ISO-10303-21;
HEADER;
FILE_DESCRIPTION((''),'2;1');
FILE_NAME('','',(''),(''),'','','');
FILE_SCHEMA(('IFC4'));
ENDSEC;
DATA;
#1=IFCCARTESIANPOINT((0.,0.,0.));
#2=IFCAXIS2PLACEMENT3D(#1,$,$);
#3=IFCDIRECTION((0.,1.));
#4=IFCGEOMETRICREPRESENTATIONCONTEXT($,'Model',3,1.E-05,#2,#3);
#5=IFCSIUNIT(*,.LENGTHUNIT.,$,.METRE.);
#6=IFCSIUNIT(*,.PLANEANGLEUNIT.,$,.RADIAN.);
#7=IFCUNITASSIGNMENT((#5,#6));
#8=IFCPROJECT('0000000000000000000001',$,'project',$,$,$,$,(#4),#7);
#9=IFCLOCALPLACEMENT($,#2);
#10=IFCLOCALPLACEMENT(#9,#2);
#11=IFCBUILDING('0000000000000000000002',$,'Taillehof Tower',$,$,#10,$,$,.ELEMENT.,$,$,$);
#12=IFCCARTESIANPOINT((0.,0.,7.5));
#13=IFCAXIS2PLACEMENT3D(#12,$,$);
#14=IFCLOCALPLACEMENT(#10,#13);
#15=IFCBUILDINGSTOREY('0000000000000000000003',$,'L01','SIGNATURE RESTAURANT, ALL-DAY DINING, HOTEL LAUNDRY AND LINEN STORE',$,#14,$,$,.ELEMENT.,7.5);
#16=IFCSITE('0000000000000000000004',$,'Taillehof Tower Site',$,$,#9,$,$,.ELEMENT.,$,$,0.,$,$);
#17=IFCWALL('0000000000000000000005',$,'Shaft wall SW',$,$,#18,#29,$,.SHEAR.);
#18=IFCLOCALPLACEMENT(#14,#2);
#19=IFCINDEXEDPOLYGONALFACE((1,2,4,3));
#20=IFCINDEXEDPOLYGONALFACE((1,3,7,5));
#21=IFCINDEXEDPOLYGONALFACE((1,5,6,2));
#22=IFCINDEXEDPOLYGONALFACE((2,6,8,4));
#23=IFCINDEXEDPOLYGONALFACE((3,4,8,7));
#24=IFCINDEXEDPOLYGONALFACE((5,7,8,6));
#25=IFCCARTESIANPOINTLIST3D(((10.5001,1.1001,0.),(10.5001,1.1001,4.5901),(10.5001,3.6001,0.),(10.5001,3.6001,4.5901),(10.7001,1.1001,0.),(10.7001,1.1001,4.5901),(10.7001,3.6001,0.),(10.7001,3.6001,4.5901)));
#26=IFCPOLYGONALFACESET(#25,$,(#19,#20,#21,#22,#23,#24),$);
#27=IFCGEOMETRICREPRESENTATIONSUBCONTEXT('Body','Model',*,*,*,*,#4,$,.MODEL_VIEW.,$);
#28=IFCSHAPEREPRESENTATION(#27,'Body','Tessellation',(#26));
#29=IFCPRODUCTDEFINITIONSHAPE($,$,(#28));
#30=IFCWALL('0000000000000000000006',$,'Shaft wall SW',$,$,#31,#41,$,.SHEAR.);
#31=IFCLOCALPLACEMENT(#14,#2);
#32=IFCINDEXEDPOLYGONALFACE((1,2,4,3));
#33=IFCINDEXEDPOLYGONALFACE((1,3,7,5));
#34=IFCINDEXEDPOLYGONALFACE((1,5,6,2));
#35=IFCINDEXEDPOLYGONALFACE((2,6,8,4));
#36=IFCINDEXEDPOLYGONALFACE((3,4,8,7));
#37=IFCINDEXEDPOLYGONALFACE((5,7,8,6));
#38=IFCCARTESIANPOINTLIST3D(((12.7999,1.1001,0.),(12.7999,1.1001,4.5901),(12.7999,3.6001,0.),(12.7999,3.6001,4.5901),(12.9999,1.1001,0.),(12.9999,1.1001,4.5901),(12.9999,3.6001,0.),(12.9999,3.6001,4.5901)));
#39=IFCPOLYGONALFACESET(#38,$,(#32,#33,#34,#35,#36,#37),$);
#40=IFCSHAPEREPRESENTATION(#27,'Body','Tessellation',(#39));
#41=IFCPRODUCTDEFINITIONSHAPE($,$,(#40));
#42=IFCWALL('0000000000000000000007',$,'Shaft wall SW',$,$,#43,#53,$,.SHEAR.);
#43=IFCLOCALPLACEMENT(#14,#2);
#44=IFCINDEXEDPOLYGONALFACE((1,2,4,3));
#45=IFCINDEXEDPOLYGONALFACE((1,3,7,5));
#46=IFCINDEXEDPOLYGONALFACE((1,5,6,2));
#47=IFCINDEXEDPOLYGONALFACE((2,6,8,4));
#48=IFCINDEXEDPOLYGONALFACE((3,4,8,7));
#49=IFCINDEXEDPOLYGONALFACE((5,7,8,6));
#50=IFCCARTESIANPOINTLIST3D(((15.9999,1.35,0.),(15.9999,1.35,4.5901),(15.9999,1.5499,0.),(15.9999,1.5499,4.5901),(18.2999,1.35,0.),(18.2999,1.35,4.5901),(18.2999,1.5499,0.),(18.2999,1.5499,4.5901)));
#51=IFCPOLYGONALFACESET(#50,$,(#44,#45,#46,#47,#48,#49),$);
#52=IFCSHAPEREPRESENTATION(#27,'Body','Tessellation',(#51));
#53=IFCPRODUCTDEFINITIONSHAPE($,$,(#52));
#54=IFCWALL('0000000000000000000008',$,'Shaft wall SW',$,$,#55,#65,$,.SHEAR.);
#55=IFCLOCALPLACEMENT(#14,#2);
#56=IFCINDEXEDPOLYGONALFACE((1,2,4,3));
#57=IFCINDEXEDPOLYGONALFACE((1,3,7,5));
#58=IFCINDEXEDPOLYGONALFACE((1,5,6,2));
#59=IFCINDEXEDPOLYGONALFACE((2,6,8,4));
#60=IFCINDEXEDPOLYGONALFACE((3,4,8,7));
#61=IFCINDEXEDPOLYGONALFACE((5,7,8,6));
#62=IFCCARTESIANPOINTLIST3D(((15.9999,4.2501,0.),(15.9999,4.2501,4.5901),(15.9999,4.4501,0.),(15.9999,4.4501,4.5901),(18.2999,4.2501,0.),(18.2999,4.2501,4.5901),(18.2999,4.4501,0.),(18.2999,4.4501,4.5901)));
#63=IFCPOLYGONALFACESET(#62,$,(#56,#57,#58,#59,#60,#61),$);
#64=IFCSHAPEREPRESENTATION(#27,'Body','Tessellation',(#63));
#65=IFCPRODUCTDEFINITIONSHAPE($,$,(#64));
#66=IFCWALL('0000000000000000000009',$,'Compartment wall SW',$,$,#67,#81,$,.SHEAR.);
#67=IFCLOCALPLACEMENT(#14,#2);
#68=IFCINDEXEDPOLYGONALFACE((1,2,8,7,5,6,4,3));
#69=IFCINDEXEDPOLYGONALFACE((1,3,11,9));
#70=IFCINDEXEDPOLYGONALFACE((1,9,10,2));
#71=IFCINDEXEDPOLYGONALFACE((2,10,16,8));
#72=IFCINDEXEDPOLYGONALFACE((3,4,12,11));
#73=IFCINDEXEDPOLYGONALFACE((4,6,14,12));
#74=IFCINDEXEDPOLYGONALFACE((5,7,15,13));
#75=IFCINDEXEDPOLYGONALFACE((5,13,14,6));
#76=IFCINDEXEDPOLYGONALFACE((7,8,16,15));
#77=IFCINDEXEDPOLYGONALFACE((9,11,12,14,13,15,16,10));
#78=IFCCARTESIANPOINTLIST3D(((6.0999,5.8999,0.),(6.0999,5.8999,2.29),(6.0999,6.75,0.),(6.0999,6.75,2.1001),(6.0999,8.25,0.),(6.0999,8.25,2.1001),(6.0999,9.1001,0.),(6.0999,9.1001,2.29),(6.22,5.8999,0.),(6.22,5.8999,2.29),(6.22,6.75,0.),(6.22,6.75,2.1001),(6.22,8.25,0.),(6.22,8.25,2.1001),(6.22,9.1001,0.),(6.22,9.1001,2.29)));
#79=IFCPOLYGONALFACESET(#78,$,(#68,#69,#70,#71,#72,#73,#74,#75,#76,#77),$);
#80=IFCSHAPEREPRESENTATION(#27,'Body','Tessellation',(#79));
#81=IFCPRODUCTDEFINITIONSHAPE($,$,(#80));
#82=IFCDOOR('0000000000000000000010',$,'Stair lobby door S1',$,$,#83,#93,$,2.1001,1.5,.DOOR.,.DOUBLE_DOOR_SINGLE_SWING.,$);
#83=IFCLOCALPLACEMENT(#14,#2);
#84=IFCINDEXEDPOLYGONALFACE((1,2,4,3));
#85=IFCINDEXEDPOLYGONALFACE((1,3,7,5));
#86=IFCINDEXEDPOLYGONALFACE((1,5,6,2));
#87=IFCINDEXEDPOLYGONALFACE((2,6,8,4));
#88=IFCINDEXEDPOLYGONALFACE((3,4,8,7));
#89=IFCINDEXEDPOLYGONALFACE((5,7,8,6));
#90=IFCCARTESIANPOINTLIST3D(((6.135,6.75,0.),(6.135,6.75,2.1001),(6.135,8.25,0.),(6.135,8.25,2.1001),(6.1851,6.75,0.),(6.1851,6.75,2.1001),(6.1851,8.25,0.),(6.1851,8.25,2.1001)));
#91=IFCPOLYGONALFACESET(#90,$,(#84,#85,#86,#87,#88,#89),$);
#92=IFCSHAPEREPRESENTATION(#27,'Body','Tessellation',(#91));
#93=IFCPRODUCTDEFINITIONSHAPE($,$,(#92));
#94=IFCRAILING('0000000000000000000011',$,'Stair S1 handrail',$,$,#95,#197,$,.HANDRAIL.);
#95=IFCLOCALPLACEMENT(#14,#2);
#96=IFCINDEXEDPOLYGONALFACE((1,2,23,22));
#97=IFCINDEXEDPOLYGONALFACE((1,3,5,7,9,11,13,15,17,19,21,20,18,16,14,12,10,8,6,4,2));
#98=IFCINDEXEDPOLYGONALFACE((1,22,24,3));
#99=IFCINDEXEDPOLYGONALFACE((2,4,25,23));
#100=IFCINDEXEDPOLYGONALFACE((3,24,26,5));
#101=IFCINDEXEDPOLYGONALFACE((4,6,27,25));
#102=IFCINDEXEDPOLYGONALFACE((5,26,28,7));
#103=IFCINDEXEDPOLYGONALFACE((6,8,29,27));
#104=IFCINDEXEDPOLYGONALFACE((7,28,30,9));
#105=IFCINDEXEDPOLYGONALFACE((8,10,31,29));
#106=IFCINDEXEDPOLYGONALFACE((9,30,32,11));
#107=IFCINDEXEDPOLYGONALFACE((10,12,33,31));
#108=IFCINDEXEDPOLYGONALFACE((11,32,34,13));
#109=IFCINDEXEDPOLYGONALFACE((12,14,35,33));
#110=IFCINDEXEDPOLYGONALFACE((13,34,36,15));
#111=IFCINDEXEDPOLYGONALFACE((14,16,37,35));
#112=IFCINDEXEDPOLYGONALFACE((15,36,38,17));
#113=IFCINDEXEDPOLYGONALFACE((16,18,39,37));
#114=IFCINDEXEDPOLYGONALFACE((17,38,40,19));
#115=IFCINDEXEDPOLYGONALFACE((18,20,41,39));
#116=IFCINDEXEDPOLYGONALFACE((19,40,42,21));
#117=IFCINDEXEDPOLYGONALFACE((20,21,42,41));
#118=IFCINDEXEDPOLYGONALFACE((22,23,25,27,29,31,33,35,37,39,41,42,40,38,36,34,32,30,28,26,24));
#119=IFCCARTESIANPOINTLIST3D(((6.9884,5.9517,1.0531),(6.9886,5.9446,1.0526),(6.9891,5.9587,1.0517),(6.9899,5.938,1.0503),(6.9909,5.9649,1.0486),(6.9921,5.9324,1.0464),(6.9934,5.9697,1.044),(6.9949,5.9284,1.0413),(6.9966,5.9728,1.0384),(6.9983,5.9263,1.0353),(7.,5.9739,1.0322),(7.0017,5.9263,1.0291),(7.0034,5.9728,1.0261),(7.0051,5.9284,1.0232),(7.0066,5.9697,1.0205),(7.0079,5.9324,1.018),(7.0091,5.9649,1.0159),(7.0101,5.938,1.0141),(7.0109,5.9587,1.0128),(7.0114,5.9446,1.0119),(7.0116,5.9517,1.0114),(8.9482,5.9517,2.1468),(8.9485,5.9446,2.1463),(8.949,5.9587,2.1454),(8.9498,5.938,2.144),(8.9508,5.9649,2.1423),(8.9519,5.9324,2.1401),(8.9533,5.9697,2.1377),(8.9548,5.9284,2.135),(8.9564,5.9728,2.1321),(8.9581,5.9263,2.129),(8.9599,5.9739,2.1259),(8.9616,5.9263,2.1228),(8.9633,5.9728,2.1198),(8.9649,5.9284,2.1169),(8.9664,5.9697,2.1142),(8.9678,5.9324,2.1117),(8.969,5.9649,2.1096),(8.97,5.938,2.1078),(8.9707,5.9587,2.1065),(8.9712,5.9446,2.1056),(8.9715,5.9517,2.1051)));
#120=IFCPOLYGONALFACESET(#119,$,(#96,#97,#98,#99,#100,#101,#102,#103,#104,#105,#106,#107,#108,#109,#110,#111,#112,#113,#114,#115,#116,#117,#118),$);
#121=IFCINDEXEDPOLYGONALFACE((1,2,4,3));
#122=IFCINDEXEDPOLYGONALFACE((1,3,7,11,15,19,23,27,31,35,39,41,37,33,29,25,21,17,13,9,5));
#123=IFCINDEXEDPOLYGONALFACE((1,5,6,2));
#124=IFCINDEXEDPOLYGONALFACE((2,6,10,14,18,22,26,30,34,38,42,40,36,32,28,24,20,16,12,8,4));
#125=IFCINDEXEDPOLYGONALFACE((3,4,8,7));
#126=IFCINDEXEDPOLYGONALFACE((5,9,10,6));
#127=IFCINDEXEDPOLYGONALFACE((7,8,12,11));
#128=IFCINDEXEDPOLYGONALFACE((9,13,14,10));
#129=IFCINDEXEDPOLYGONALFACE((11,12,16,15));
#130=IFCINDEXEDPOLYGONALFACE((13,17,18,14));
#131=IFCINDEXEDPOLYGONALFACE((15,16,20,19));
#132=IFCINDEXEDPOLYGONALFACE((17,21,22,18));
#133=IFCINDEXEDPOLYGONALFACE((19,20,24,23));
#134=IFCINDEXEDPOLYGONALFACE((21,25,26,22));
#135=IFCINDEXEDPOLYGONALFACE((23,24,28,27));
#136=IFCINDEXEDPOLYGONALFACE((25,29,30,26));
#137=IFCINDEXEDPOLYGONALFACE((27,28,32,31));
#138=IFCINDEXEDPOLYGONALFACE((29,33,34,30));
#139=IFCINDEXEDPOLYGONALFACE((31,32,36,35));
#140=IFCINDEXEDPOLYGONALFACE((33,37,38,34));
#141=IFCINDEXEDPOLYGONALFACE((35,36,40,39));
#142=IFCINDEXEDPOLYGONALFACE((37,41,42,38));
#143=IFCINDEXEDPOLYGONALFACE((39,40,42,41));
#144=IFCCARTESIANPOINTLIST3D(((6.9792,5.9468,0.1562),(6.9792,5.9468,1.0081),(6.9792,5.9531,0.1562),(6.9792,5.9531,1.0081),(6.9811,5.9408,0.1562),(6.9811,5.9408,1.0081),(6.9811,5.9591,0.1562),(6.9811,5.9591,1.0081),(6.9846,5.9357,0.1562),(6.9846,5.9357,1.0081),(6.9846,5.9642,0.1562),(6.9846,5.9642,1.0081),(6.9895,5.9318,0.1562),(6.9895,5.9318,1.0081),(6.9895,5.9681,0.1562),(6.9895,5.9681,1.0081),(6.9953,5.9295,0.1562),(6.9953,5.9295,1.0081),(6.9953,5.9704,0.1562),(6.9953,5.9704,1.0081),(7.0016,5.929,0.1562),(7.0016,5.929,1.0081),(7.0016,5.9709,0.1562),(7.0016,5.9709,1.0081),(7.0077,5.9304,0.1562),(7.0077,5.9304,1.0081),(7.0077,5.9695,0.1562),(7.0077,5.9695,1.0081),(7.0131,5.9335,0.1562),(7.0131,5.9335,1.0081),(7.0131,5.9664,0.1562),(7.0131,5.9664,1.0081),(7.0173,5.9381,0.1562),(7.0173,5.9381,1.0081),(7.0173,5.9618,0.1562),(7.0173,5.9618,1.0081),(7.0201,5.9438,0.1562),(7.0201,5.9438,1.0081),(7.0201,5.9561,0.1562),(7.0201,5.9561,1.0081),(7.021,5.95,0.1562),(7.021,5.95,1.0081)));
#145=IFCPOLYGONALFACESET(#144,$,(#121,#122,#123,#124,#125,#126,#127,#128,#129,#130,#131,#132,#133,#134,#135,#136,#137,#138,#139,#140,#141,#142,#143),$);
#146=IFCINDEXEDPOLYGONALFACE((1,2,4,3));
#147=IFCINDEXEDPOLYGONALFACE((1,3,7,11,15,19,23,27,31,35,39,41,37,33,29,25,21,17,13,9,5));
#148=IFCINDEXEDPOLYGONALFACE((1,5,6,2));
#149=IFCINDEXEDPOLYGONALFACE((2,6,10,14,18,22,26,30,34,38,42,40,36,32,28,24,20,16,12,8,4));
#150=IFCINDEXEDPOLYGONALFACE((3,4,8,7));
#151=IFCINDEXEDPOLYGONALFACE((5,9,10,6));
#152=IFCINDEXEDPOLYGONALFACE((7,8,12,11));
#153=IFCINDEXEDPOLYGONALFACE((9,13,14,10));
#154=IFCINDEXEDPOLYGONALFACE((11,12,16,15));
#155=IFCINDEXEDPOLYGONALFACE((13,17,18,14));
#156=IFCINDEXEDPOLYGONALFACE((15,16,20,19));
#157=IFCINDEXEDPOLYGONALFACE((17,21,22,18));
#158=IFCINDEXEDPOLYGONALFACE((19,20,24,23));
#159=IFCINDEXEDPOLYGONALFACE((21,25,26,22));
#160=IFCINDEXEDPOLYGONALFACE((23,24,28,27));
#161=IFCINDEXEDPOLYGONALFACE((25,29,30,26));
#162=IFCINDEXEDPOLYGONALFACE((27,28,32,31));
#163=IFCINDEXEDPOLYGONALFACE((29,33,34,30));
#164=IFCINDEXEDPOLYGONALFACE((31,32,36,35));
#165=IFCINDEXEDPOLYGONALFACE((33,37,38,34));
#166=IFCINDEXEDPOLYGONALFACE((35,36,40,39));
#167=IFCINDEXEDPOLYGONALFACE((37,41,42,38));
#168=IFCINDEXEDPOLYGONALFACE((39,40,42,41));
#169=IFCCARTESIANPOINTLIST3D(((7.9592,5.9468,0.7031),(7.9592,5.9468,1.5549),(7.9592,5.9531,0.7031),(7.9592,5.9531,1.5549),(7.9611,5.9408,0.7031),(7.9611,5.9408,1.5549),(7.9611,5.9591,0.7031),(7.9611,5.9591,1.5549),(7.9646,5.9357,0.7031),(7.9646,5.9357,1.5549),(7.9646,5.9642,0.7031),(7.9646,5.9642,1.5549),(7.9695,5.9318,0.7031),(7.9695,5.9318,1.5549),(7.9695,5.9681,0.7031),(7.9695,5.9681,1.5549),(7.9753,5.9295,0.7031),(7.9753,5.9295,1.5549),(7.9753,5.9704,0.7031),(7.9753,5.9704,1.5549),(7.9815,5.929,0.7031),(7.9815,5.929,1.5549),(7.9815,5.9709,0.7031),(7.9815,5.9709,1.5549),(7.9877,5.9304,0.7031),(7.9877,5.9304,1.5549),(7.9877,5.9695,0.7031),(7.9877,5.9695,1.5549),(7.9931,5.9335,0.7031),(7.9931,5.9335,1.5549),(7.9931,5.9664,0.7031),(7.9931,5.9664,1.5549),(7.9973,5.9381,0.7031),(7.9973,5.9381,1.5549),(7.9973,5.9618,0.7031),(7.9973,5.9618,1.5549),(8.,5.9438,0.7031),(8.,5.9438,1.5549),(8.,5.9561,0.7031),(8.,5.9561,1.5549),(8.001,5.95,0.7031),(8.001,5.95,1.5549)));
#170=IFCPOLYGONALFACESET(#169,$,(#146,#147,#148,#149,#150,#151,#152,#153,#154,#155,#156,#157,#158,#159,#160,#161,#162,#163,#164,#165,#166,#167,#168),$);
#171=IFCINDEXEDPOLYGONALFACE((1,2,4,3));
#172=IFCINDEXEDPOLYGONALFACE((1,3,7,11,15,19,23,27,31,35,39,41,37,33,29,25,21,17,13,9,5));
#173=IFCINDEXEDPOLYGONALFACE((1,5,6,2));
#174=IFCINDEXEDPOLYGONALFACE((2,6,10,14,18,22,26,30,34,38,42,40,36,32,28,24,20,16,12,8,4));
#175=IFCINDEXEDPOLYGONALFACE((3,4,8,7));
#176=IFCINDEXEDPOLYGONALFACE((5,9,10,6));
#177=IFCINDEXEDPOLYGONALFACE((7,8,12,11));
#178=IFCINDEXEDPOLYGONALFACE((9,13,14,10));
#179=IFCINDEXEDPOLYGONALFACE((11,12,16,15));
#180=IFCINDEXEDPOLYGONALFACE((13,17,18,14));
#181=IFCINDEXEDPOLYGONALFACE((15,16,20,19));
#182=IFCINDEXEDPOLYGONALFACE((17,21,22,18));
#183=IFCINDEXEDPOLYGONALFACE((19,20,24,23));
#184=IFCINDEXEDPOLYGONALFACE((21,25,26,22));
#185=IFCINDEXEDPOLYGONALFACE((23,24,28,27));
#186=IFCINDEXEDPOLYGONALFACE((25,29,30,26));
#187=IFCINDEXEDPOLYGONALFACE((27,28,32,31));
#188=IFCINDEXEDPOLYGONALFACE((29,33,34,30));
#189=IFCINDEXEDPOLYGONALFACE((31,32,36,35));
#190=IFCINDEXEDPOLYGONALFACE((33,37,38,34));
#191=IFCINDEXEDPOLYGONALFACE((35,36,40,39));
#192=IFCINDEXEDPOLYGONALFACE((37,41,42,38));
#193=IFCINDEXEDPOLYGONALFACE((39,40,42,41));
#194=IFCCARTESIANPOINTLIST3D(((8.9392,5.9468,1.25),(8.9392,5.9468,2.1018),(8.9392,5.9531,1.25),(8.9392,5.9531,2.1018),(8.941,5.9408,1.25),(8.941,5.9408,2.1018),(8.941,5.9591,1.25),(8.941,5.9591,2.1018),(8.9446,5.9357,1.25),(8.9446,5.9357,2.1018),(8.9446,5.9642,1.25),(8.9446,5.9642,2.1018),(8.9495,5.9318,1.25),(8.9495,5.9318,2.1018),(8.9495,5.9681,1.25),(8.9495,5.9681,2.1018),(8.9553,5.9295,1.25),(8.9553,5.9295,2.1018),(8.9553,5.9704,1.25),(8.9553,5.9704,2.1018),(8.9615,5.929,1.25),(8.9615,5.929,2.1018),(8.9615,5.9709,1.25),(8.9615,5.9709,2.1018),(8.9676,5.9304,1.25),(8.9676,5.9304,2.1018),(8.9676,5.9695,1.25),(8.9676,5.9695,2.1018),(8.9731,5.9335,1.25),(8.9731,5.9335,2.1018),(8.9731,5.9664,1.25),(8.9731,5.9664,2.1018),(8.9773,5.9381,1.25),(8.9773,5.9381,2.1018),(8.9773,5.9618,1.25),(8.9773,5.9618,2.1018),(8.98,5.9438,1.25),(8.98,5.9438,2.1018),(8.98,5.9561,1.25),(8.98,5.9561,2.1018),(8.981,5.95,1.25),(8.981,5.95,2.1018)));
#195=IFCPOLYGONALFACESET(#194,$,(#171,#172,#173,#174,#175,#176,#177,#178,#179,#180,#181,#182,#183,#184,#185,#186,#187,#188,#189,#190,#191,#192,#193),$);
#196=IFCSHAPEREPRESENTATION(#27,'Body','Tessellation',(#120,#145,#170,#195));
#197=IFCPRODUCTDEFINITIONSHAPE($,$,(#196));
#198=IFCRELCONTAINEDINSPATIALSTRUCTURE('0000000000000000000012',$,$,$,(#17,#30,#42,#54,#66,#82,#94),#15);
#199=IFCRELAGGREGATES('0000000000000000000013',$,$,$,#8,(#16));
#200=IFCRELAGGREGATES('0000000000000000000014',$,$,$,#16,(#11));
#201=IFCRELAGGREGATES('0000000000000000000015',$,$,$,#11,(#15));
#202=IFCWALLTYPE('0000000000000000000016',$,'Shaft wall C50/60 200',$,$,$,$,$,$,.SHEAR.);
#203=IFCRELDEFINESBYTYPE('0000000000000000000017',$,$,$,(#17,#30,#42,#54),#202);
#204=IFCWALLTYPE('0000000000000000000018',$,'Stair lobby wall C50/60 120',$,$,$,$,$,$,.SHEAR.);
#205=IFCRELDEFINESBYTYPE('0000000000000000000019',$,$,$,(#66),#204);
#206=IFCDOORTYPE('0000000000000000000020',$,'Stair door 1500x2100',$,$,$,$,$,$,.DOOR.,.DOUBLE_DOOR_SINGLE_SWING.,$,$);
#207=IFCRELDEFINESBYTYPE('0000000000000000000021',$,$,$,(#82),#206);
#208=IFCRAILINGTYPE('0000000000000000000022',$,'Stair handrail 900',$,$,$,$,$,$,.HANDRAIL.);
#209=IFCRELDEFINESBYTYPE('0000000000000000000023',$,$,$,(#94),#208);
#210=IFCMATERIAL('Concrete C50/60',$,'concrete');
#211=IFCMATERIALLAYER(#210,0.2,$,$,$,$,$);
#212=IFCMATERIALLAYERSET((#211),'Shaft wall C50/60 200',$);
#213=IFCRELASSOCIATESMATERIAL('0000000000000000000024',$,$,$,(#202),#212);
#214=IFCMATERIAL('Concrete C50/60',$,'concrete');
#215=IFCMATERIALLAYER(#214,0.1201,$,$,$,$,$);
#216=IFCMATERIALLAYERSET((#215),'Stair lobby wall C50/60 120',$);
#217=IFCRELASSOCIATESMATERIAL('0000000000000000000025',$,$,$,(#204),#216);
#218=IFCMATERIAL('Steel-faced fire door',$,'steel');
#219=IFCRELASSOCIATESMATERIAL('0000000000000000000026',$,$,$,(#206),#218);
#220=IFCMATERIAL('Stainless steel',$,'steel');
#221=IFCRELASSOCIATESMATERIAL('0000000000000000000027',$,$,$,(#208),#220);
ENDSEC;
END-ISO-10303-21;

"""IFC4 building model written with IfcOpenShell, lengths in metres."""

from ifc_helpers import new_model, si_unit, direction, frame, frame_2d, origin, origin_2d, place, context, subcontext, project, spatial, rectangle, circle, extrude, material, layer, layer_set, type_object, element, fill, save


model = new_model("IFC4")

# Units and contexts
model_context = context("Model", 3, precision=1e-05, world=origin(), true_north=direction((0.0, 1.0)))
body_context = subcontext(model_context, "Body", "Model", "MODEL_VIEW")
ifc_project = project(units=[si_unit("LENGTHUNIT", "METRE"), si_unit("PLANEANGLEUNIT", "RADIAN")], contexts=[model_context])

# Site, building, storey
site_placement = place(None, origin())
site = spatial("IfcSite", under=ifc_project, at=site_placement, Name="Taillehof Tower Site", CompositionType="ELEMENT", RefElevation=0.0)
building_placement = place(site_placement, origin())
building = spatial("IfcBuilding", under=site, at=building_placement, Name="Taillehof Tower", CompositionType="ELEMENT")
storey_placement = place(building_placement, frame((0.0, 0.0, 7.5)))
storey = spatial("IfcBuildingStorey", under=building, at=storey_placement, Name="L01", Description="SIGNATURE RESTAURANT, ALL-DAY DINING, HOTEL LAUNDRY AND LINEN STORE", CompositionType="ELEMENT", Elevation=7.5)

# Shared definitions
ifc_material_1 = material(Name="Concrete C50/60", Category="concrete")
ifc_layer_1 = layer(ifc_material_1, 0.2)
ifc_layer_set_1 = layer_set([ifc_layer_1], Name="Shaft wall C50/60 200")
wall_type_1 = type_object("IfcWallType", Name="Shaft wall C50/60 200", PredefinedType="SHEAR", material=ifc_layer_set_1)

# Walls
for number, where, z_axis, x_axis, name in (
    (1, (10.6001, 1.1001, 0.0), (0.0, 0.0, 1.0), (0.0, 1.0, 0.0), "Shaft wall SW"),
    (2, (12.8999, 1.1001, 0.0), (0.0, 0.0, 1.0), (0.0, 1.0, 0.0), "Shaft wall SW"),
):
    element("IfcWall", number, at=place(storey_placement, frame(where, z_axis=z_axis, x_axis=x_axis)), inside=storey, type_object=wall_type_1, Name=name, PredefinedType="SHEAR", context=body_context, shape_type="SweptSolid", body=[
        extrude(rectangle(XDim=2.5, YDim=0.2, at=frame_2d((1.25, 0.0))), origin(), (0.0, 0.0, 1.0), 4.5901),
    ])
for number, where, z_axis, x_axis, name in (
    (3, (16.0, 1.45, 0.0), (0.0, 0.0, 1.0), (1.0, 0.0, 0.0), "Shaft wall SW"),
    (4, (16.0, 4.3501, 0.0), (0.0, 0.0, 1.0), (1.0, 0.0, 0.0), "Shaft wall SW"),
):
    element("IfcWall", number, at=place(storey_placement, frame(where, z_axis=z_axis, x_axis=x_axis)), inside=storey, type_object=wall_type_1, Name=name, PredefinedType="SHEAR", context=body_context, shape_type="SweptSolid", body=[
        extrude(rectangle(XDim=2.3, YDim=0.2, at=frame_2d((1.1499, 0.0))), origin(), (0.0, 0.0, 1.0), 4.5901),
    ])

# Wall, opening, door
ifc_material_2 = material(Name="Concrete C50/60", Category="concrete")
ifc_layer_2 = layer(ifc_material_2, 0.1201)
ifc_layer_set_2 = layer_set([ifc_layer_2], Name="Stair lobby wall C50/60 120")
wall_type_2 = type_object("IfcWallType", Name="Stair lobby wall C50/60 120", PredefinedType="SHEAR", material=ifc_layer_set_2)
wall_1_placement = place(storey_placement, frame((6.1599, 5.8999, 0.0), z_axis=(0.0, 0.0, 1.0), x_axis=(0.0, 1.0, 0.0)))
wall_1 = element("IfcWall", 5, at=wall_1_placement, inside=storey, type_object=wall_type_2, Name="Compartment wall SW", PredefinedType="SHEAR", context=body_context, shape_type="SweptSolid", body=[
    extrude(rectangle(XDim=3.2002, YDim=0.1201, at=frame_2d((1.6001, 0.0))), origin(), (0.0, 0.0, 1.0), 2.29),
])
opening_1_placement = place(wall_1_placement, frame((0.8501, 0.0, 0.0)))
opening_1 = element("IfcOpeningElement", 6, at=opening_1_placement, cuts=wall_1, PredefinedType="OPENING", context=body_context, shape_type="SweptSolid", body=[
    extrude(rectangle(XDim=1.5, YDim=2.1001, at=frame_2d((0.75, 1.05))), frame((0.0, 0.0701, 0.0), z_axis=(0.0, -1.0, 0.0), x_axis=(1.0, 0.0, 0.0)), (0.0, 0.0, 1.0), 0.1401),
])
ifc_material_3 = material(Name="Steel-faced fire door", Category="steel")
door_type_1 = type_object("IfcDoorType", Name="Stair door 1500x2100", OperationType="DOUBLE_DOOR_SINGLE_SWING", PredefinedType="DOOR", material=ifc_material_3)
door_1_placement = place(opening_1_placement, origin())
door_1 = element("IfcDoor", 7, at=door_1_placement, inside=storey, type_object=door_type_1, Name="Stair lobby door S1", OperationType="DOUBLE_DOOR_SINGLE_SWING", OverallHeight=2.1001, OverallWidth=1.5, PredefinedType="DOOR", context=body_context, shape_type="SweptSolid", body=[
    extrude(rectangle(XDim=1.5, YDim=2.1001, at=frame_2d((0.75, 1.05))), frame((0.0, 0.0249, 0.0), z_axis=(0.0, -1.0, 0.0), x_axis=(1.0, 0.0, 0.0)), (0.0, 0.0, 1.0), 0.05),
])
fill(opening_1, door_1)

# Railing
ifc_material_4 = material(Name="Stainless steel", Category="steel")
railing_type = type_object("IfcRailingType", Name="Stair handrail 900", PredefinedType="HANDRAIL", material=ifc_material_4)
railing_placement = place(storey_placement, frame((7.0, 5.95, 0.1562)))
element("IfcRailing", 8, at=railing_placement, inside=storey, type_object=railing_type, Name="Stair S1 handrail", PredefinedType="HANDRAIL", context=body_context, shape_type="SweptSolid", body=[
    extrude(circle(Radius=0.0239, at=origin_2d()), frame((0.0, 0.0, 0.876), z_axis=(0.873232, 0.0, 0.487304), x_axis=(0.0, 1.0, 0.0)), (0.0, 0.0, 1.0), 2.2444),
    extrude(circle(Radius=0.021, at=origin_2d()), origin(), (0.0, 0.0, 1.0), 0.8518),
    extrude(circle(Radius=0.021, at=origin_2d()), frame((0.98, 0.0, 0.5469)), (0.0, 0.0, 1.0), 0.8518),
    extrude(circle(Radius=0.021, at=origin_2d()), frame((1.96, 0.0, 1.0938)), (0.0, 0.0, 1.0), 0.8518),
])

save(model, "model.ifc")
